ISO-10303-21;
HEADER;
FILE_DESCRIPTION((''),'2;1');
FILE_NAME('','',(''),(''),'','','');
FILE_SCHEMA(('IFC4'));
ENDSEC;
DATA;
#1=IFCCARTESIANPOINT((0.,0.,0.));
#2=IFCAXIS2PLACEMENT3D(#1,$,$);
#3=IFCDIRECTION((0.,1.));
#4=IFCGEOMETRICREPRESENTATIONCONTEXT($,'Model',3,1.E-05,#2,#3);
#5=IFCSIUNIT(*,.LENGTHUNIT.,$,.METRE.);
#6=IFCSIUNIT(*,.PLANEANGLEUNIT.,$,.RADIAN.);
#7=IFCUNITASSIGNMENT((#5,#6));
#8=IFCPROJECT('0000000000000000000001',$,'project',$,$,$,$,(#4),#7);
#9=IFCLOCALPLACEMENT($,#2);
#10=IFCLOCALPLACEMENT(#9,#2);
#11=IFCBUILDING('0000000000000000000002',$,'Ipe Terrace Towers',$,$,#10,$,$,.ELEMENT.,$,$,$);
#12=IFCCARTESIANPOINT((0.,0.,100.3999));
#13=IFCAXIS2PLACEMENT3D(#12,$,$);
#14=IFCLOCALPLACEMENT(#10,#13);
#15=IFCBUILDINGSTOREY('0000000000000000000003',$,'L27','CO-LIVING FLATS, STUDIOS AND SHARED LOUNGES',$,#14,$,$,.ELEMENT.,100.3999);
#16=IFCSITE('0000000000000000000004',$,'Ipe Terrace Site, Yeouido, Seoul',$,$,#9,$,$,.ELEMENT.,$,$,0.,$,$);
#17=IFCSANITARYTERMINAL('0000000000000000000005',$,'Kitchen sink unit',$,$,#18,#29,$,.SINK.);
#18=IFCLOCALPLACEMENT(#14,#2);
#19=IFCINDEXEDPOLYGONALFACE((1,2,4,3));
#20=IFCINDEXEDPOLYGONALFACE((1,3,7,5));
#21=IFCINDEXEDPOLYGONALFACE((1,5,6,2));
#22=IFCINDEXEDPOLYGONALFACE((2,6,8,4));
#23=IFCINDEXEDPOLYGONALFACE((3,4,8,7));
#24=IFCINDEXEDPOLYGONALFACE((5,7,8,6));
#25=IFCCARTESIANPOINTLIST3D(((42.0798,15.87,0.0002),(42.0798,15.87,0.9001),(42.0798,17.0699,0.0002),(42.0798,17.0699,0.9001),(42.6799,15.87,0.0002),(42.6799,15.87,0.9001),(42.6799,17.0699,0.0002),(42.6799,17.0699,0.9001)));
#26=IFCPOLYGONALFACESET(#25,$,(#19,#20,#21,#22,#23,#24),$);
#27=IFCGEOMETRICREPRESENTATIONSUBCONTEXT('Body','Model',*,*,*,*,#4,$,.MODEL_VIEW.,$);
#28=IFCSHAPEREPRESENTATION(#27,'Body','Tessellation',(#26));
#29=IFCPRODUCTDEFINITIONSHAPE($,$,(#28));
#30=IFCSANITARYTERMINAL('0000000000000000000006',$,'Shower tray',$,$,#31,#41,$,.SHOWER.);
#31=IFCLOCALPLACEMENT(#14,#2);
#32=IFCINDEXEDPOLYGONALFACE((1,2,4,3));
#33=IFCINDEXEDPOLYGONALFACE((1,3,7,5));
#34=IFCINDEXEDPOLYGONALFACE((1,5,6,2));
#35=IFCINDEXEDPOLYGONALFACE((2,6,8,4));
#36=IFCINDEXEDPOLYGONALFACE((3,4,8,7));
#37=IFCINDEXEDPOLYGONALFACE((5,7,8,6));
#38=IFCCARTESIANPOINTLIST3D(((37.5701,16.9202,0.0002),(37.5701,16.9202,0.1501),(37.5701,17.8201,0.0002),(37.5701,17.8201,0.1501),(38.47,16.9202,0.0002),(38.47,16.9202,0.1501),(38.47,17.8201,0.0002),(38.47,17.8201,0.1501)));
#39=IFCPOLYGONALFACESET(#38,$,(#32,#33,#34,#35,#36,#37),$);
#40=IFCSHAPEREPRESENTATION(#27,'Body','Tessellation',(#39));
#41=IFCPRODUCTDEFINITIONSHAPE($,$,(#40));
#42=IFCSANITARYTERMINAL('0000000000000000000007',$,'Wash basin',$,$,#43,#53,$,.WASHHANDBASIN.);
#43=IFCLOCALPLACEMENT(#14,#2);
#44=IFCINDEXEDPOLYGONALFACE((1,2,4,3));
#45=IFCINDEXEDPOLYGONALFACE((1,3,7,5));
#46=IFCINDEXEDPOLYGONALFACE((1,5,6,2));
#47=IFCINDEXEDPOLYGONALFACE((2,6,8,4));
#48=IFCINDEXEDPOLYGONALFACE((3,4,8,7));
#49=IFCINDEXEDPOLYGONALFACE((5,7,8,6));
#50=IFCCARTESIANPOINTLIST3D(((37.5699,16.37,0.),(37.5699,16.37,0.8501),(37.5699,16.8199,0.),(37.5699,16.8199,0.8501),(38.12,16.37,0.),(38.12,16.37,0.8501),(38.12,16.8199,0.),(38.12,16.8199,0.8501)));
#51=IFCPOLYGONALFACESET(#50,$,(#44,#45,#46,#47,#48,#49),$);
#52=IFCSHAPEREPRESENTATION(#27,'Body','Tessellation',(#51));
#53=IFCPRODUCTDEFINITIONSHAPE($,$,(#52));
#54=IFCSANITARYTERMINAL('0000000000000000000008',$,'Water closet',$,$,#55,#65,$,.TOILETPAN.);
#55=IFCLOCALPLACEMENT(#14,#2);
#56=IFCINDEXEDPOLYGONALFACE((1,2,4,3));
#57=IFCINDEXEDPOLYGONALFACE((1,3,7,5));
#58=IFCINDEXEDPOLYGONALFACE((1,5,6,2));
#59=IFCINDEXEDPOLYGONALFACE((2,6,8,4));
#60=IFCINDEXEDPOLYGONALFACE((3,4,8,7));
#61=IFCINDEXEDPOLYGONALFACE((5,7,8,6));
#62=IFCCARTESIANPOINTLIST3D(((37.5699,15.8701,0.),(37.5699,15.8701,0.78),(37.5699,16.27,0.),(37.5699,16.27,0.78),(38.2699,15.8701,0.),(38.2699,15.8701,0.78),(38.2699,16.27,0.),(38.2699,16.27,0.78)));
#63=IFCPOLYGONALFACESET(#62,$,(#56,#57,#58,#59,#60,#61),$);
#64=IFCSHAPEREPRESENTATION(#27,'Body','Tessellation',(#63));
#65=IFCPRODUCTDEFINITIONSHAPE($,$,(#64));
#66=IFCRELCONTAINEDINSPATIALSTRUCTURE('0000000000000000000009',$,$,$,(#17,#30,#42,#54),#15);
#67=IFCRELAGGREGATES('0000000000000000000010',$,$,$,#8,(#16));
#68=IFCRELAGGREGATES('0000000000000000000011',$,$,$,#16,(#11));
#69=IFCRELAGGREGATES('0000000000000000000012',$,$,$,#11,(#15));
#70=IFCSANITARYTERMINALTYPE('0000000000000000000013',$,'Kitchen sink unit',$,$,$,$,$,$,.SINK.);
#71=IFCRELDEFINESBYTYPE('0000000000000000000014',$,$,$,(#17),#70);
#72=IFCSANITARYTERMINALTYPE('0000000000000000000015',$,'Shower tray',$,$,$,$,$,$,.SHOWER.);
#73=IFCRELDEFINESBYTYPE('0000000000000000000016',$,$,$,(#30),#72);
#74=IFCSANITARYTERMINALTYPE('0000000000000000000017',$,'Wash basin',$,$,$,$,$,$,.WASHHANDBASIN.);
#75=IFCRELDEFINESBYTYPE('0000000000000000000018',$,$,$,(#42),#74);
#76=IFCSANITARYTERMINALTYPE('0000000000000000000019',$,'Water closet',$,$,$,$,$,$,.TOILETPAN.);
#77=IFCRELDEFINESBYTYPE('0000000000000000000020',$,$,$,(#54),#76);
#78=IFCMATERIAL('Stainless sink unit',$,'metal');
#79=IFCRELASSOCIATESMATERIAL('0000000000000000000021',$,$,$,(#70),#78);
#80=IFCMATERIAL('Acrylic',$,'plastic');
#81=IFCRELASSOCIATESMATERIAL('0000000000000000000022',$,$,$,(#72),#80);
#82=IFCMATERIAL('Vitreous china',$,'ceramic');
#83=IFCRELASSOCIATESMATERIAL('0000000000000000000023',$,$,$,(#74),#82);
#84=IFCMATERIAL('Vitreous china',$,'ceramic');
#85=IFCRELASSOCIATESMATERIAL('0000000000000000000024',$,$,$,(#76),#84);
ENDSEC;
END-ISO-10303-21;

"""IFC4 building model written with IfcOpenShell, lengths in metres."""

from ifc_helpers import new_model, si_unit, direction, frame, origin, origin_2d, place, context, subcontext, project, spatial, rectangle, extrude, material, type_object, element, save


model = new_model("IFC4")

# Units and contexts
model_context = context("Model", 3, precision=1e-05, world=origin(), true_north=direction((0.0, 1.0)))
body_context = subcontext(model_context, "Body", "Model", "MODEL_VIEW")
ifc_project = project(units=[si_unit("LENGTHUNIT", "METRE"), si_unit("PLANEANGLEUNIT", "RADIAN")], contexts=[model_context])

# Site, building, storey
site_placement = place(None, origin())
site = spatial("IfcSite", under=ifc_project, at=site_placement, Name="Ipe Terrace Site, Yeouido, Seoul", CompositionType="ELEMENT", RefElevation=0.0)
building_placement = place(site_placement, origin())
building = spatial("IfcBuilding", under=site, at=building_placement, Name="Ipe Terrace Towers", CompositionType="ELEMENT")
storey_placement = place(building_placement, frame((0.0, 0.0, 100.3999)))
storey = spatial("IfcBuildingStorey", under=building, at=storey_placement, Name="L27", Description="CO-LIVING FLATS, STUDIOS AND SHARED LOUNGES", CompositionType="ELEMENT", Elevation=100.3999)

# Sanitary terminals
ifc_material_1 = material(Name="Stainless sink unit", Category="metal")
sanitary_terminal_type_1 = type_object("IfcSanitaryTerminalType", Name="Kitchen sink unit", PredefinedType="SINK", material=ifc_material_1)
sanitary_terminal_1_placement = place(storey_placement, frame((42.3799, 16.47, 0.0002), z_axis=(0.0, 0.0, 1.0), x_axis=(0.0, -1.0, 0.0)))
element("IfcSanitaryTerminal", 1, at=sanitary_terminal_1_placement, inside=storey, type_object=sanitary_terminal_type_1, Name="Kitchen sink unit", PredefinedType="SINK", context=body_context, shape_type="SweptSolid", body=[
    extrude(rectangle(XDim=1.2, YDim=0.6001, at=origin_2d()), origin(), (0.0, 0.0, 1.0), 0.8999),
])
ifc_material_2 = material(Name="Acrylic", Category="plastic")
sanitary_terminal_type_2 = type_object("IfcSanitaryTerminalType", Name="Shower tray", PredefinedType="SHOWER", material=ifc_material_2)
sanitary_terminal_2_placement = place(storey_placement, frame((38.02, 17.3701, 0.0002), z_axis=(0.0, 0.0, 1.0), x_axis=(1.0, 0.0, 0.0)))
element("IfcSanitaryTerminal", 2, at=sanitary_terminal_2_placement, inside=storey, type_object=sanitary_terminal_type_2, Name="Shower tray", PredefinedType="SHOWER", context=body_context, shape_type="SweptSolid", body=[
    extrude(rectangle(XDim=0.8999, YDim=0.8999, at=origin_2d()), origin(), (0.0, 0.0, 1.0), 0.1499),
])
ifc_material_3 = material(Name="Vitreous china", Category="ceramic")
sanitary_terminal_type_3 = type_object("IfcSanitaryTerminalType", Name="Wash basin", PredefinedType="WASHHANDBASIN", material=ifc_material_3)
sanitary_terminal_3_placement = place(storey_placement, frame((37.845, 16.595, 0.0), z_axis=(0.0, 0.0, 1.0), x_axis=(1.0, 0.0, 0.0)))
element("IfcSanitaryTerminal", 3, at=sanitary_terminal_3_placement, inside=storey, type_object=sanitary_terminal_type_3, Name="Wash basin", PredefinedType="WASHHANDBASIN", context=body_context, shape_type="SweptSolid", body=[
    extrude(rectangle(XDim=0.55, YDim=0.45, at=origin_2d()), origin(), (0.0, 0.0, 1.0), 0.8501),
])
ifc_material_4 = material(Name="Vitreous china", Category="ceramic")
sanitary_terminal_type_4 = type_object("IfcSanitaryTerminalType", Name="Water closet", PredefinedType="TOILETPAN", material=ifc_material_4)
sanitary_terminal_4_placement = place(storey_placement, frame((37.9199, 16.0701, 0.0), z_axis=(0.0, 0.0, 1.0), x_axis=(1.0, 0.0, 0.0)))
element("IfcSanitaryTerminal", 4, at=sanitary_terminal_4_placement, inside=storey, type_object=sanitary_terminal_type_4, Name="Water closet", PredefinedType="TOILETPAN", context=body_context, shape_type="SweptSolid", body=[
    extrude(rectangle(XDim=0.7, YDim=0.3999, at=origin_2d()), origin(), (0.0, 0.0, 1.0), 0.78),
])

save(model, "model.ifc")
